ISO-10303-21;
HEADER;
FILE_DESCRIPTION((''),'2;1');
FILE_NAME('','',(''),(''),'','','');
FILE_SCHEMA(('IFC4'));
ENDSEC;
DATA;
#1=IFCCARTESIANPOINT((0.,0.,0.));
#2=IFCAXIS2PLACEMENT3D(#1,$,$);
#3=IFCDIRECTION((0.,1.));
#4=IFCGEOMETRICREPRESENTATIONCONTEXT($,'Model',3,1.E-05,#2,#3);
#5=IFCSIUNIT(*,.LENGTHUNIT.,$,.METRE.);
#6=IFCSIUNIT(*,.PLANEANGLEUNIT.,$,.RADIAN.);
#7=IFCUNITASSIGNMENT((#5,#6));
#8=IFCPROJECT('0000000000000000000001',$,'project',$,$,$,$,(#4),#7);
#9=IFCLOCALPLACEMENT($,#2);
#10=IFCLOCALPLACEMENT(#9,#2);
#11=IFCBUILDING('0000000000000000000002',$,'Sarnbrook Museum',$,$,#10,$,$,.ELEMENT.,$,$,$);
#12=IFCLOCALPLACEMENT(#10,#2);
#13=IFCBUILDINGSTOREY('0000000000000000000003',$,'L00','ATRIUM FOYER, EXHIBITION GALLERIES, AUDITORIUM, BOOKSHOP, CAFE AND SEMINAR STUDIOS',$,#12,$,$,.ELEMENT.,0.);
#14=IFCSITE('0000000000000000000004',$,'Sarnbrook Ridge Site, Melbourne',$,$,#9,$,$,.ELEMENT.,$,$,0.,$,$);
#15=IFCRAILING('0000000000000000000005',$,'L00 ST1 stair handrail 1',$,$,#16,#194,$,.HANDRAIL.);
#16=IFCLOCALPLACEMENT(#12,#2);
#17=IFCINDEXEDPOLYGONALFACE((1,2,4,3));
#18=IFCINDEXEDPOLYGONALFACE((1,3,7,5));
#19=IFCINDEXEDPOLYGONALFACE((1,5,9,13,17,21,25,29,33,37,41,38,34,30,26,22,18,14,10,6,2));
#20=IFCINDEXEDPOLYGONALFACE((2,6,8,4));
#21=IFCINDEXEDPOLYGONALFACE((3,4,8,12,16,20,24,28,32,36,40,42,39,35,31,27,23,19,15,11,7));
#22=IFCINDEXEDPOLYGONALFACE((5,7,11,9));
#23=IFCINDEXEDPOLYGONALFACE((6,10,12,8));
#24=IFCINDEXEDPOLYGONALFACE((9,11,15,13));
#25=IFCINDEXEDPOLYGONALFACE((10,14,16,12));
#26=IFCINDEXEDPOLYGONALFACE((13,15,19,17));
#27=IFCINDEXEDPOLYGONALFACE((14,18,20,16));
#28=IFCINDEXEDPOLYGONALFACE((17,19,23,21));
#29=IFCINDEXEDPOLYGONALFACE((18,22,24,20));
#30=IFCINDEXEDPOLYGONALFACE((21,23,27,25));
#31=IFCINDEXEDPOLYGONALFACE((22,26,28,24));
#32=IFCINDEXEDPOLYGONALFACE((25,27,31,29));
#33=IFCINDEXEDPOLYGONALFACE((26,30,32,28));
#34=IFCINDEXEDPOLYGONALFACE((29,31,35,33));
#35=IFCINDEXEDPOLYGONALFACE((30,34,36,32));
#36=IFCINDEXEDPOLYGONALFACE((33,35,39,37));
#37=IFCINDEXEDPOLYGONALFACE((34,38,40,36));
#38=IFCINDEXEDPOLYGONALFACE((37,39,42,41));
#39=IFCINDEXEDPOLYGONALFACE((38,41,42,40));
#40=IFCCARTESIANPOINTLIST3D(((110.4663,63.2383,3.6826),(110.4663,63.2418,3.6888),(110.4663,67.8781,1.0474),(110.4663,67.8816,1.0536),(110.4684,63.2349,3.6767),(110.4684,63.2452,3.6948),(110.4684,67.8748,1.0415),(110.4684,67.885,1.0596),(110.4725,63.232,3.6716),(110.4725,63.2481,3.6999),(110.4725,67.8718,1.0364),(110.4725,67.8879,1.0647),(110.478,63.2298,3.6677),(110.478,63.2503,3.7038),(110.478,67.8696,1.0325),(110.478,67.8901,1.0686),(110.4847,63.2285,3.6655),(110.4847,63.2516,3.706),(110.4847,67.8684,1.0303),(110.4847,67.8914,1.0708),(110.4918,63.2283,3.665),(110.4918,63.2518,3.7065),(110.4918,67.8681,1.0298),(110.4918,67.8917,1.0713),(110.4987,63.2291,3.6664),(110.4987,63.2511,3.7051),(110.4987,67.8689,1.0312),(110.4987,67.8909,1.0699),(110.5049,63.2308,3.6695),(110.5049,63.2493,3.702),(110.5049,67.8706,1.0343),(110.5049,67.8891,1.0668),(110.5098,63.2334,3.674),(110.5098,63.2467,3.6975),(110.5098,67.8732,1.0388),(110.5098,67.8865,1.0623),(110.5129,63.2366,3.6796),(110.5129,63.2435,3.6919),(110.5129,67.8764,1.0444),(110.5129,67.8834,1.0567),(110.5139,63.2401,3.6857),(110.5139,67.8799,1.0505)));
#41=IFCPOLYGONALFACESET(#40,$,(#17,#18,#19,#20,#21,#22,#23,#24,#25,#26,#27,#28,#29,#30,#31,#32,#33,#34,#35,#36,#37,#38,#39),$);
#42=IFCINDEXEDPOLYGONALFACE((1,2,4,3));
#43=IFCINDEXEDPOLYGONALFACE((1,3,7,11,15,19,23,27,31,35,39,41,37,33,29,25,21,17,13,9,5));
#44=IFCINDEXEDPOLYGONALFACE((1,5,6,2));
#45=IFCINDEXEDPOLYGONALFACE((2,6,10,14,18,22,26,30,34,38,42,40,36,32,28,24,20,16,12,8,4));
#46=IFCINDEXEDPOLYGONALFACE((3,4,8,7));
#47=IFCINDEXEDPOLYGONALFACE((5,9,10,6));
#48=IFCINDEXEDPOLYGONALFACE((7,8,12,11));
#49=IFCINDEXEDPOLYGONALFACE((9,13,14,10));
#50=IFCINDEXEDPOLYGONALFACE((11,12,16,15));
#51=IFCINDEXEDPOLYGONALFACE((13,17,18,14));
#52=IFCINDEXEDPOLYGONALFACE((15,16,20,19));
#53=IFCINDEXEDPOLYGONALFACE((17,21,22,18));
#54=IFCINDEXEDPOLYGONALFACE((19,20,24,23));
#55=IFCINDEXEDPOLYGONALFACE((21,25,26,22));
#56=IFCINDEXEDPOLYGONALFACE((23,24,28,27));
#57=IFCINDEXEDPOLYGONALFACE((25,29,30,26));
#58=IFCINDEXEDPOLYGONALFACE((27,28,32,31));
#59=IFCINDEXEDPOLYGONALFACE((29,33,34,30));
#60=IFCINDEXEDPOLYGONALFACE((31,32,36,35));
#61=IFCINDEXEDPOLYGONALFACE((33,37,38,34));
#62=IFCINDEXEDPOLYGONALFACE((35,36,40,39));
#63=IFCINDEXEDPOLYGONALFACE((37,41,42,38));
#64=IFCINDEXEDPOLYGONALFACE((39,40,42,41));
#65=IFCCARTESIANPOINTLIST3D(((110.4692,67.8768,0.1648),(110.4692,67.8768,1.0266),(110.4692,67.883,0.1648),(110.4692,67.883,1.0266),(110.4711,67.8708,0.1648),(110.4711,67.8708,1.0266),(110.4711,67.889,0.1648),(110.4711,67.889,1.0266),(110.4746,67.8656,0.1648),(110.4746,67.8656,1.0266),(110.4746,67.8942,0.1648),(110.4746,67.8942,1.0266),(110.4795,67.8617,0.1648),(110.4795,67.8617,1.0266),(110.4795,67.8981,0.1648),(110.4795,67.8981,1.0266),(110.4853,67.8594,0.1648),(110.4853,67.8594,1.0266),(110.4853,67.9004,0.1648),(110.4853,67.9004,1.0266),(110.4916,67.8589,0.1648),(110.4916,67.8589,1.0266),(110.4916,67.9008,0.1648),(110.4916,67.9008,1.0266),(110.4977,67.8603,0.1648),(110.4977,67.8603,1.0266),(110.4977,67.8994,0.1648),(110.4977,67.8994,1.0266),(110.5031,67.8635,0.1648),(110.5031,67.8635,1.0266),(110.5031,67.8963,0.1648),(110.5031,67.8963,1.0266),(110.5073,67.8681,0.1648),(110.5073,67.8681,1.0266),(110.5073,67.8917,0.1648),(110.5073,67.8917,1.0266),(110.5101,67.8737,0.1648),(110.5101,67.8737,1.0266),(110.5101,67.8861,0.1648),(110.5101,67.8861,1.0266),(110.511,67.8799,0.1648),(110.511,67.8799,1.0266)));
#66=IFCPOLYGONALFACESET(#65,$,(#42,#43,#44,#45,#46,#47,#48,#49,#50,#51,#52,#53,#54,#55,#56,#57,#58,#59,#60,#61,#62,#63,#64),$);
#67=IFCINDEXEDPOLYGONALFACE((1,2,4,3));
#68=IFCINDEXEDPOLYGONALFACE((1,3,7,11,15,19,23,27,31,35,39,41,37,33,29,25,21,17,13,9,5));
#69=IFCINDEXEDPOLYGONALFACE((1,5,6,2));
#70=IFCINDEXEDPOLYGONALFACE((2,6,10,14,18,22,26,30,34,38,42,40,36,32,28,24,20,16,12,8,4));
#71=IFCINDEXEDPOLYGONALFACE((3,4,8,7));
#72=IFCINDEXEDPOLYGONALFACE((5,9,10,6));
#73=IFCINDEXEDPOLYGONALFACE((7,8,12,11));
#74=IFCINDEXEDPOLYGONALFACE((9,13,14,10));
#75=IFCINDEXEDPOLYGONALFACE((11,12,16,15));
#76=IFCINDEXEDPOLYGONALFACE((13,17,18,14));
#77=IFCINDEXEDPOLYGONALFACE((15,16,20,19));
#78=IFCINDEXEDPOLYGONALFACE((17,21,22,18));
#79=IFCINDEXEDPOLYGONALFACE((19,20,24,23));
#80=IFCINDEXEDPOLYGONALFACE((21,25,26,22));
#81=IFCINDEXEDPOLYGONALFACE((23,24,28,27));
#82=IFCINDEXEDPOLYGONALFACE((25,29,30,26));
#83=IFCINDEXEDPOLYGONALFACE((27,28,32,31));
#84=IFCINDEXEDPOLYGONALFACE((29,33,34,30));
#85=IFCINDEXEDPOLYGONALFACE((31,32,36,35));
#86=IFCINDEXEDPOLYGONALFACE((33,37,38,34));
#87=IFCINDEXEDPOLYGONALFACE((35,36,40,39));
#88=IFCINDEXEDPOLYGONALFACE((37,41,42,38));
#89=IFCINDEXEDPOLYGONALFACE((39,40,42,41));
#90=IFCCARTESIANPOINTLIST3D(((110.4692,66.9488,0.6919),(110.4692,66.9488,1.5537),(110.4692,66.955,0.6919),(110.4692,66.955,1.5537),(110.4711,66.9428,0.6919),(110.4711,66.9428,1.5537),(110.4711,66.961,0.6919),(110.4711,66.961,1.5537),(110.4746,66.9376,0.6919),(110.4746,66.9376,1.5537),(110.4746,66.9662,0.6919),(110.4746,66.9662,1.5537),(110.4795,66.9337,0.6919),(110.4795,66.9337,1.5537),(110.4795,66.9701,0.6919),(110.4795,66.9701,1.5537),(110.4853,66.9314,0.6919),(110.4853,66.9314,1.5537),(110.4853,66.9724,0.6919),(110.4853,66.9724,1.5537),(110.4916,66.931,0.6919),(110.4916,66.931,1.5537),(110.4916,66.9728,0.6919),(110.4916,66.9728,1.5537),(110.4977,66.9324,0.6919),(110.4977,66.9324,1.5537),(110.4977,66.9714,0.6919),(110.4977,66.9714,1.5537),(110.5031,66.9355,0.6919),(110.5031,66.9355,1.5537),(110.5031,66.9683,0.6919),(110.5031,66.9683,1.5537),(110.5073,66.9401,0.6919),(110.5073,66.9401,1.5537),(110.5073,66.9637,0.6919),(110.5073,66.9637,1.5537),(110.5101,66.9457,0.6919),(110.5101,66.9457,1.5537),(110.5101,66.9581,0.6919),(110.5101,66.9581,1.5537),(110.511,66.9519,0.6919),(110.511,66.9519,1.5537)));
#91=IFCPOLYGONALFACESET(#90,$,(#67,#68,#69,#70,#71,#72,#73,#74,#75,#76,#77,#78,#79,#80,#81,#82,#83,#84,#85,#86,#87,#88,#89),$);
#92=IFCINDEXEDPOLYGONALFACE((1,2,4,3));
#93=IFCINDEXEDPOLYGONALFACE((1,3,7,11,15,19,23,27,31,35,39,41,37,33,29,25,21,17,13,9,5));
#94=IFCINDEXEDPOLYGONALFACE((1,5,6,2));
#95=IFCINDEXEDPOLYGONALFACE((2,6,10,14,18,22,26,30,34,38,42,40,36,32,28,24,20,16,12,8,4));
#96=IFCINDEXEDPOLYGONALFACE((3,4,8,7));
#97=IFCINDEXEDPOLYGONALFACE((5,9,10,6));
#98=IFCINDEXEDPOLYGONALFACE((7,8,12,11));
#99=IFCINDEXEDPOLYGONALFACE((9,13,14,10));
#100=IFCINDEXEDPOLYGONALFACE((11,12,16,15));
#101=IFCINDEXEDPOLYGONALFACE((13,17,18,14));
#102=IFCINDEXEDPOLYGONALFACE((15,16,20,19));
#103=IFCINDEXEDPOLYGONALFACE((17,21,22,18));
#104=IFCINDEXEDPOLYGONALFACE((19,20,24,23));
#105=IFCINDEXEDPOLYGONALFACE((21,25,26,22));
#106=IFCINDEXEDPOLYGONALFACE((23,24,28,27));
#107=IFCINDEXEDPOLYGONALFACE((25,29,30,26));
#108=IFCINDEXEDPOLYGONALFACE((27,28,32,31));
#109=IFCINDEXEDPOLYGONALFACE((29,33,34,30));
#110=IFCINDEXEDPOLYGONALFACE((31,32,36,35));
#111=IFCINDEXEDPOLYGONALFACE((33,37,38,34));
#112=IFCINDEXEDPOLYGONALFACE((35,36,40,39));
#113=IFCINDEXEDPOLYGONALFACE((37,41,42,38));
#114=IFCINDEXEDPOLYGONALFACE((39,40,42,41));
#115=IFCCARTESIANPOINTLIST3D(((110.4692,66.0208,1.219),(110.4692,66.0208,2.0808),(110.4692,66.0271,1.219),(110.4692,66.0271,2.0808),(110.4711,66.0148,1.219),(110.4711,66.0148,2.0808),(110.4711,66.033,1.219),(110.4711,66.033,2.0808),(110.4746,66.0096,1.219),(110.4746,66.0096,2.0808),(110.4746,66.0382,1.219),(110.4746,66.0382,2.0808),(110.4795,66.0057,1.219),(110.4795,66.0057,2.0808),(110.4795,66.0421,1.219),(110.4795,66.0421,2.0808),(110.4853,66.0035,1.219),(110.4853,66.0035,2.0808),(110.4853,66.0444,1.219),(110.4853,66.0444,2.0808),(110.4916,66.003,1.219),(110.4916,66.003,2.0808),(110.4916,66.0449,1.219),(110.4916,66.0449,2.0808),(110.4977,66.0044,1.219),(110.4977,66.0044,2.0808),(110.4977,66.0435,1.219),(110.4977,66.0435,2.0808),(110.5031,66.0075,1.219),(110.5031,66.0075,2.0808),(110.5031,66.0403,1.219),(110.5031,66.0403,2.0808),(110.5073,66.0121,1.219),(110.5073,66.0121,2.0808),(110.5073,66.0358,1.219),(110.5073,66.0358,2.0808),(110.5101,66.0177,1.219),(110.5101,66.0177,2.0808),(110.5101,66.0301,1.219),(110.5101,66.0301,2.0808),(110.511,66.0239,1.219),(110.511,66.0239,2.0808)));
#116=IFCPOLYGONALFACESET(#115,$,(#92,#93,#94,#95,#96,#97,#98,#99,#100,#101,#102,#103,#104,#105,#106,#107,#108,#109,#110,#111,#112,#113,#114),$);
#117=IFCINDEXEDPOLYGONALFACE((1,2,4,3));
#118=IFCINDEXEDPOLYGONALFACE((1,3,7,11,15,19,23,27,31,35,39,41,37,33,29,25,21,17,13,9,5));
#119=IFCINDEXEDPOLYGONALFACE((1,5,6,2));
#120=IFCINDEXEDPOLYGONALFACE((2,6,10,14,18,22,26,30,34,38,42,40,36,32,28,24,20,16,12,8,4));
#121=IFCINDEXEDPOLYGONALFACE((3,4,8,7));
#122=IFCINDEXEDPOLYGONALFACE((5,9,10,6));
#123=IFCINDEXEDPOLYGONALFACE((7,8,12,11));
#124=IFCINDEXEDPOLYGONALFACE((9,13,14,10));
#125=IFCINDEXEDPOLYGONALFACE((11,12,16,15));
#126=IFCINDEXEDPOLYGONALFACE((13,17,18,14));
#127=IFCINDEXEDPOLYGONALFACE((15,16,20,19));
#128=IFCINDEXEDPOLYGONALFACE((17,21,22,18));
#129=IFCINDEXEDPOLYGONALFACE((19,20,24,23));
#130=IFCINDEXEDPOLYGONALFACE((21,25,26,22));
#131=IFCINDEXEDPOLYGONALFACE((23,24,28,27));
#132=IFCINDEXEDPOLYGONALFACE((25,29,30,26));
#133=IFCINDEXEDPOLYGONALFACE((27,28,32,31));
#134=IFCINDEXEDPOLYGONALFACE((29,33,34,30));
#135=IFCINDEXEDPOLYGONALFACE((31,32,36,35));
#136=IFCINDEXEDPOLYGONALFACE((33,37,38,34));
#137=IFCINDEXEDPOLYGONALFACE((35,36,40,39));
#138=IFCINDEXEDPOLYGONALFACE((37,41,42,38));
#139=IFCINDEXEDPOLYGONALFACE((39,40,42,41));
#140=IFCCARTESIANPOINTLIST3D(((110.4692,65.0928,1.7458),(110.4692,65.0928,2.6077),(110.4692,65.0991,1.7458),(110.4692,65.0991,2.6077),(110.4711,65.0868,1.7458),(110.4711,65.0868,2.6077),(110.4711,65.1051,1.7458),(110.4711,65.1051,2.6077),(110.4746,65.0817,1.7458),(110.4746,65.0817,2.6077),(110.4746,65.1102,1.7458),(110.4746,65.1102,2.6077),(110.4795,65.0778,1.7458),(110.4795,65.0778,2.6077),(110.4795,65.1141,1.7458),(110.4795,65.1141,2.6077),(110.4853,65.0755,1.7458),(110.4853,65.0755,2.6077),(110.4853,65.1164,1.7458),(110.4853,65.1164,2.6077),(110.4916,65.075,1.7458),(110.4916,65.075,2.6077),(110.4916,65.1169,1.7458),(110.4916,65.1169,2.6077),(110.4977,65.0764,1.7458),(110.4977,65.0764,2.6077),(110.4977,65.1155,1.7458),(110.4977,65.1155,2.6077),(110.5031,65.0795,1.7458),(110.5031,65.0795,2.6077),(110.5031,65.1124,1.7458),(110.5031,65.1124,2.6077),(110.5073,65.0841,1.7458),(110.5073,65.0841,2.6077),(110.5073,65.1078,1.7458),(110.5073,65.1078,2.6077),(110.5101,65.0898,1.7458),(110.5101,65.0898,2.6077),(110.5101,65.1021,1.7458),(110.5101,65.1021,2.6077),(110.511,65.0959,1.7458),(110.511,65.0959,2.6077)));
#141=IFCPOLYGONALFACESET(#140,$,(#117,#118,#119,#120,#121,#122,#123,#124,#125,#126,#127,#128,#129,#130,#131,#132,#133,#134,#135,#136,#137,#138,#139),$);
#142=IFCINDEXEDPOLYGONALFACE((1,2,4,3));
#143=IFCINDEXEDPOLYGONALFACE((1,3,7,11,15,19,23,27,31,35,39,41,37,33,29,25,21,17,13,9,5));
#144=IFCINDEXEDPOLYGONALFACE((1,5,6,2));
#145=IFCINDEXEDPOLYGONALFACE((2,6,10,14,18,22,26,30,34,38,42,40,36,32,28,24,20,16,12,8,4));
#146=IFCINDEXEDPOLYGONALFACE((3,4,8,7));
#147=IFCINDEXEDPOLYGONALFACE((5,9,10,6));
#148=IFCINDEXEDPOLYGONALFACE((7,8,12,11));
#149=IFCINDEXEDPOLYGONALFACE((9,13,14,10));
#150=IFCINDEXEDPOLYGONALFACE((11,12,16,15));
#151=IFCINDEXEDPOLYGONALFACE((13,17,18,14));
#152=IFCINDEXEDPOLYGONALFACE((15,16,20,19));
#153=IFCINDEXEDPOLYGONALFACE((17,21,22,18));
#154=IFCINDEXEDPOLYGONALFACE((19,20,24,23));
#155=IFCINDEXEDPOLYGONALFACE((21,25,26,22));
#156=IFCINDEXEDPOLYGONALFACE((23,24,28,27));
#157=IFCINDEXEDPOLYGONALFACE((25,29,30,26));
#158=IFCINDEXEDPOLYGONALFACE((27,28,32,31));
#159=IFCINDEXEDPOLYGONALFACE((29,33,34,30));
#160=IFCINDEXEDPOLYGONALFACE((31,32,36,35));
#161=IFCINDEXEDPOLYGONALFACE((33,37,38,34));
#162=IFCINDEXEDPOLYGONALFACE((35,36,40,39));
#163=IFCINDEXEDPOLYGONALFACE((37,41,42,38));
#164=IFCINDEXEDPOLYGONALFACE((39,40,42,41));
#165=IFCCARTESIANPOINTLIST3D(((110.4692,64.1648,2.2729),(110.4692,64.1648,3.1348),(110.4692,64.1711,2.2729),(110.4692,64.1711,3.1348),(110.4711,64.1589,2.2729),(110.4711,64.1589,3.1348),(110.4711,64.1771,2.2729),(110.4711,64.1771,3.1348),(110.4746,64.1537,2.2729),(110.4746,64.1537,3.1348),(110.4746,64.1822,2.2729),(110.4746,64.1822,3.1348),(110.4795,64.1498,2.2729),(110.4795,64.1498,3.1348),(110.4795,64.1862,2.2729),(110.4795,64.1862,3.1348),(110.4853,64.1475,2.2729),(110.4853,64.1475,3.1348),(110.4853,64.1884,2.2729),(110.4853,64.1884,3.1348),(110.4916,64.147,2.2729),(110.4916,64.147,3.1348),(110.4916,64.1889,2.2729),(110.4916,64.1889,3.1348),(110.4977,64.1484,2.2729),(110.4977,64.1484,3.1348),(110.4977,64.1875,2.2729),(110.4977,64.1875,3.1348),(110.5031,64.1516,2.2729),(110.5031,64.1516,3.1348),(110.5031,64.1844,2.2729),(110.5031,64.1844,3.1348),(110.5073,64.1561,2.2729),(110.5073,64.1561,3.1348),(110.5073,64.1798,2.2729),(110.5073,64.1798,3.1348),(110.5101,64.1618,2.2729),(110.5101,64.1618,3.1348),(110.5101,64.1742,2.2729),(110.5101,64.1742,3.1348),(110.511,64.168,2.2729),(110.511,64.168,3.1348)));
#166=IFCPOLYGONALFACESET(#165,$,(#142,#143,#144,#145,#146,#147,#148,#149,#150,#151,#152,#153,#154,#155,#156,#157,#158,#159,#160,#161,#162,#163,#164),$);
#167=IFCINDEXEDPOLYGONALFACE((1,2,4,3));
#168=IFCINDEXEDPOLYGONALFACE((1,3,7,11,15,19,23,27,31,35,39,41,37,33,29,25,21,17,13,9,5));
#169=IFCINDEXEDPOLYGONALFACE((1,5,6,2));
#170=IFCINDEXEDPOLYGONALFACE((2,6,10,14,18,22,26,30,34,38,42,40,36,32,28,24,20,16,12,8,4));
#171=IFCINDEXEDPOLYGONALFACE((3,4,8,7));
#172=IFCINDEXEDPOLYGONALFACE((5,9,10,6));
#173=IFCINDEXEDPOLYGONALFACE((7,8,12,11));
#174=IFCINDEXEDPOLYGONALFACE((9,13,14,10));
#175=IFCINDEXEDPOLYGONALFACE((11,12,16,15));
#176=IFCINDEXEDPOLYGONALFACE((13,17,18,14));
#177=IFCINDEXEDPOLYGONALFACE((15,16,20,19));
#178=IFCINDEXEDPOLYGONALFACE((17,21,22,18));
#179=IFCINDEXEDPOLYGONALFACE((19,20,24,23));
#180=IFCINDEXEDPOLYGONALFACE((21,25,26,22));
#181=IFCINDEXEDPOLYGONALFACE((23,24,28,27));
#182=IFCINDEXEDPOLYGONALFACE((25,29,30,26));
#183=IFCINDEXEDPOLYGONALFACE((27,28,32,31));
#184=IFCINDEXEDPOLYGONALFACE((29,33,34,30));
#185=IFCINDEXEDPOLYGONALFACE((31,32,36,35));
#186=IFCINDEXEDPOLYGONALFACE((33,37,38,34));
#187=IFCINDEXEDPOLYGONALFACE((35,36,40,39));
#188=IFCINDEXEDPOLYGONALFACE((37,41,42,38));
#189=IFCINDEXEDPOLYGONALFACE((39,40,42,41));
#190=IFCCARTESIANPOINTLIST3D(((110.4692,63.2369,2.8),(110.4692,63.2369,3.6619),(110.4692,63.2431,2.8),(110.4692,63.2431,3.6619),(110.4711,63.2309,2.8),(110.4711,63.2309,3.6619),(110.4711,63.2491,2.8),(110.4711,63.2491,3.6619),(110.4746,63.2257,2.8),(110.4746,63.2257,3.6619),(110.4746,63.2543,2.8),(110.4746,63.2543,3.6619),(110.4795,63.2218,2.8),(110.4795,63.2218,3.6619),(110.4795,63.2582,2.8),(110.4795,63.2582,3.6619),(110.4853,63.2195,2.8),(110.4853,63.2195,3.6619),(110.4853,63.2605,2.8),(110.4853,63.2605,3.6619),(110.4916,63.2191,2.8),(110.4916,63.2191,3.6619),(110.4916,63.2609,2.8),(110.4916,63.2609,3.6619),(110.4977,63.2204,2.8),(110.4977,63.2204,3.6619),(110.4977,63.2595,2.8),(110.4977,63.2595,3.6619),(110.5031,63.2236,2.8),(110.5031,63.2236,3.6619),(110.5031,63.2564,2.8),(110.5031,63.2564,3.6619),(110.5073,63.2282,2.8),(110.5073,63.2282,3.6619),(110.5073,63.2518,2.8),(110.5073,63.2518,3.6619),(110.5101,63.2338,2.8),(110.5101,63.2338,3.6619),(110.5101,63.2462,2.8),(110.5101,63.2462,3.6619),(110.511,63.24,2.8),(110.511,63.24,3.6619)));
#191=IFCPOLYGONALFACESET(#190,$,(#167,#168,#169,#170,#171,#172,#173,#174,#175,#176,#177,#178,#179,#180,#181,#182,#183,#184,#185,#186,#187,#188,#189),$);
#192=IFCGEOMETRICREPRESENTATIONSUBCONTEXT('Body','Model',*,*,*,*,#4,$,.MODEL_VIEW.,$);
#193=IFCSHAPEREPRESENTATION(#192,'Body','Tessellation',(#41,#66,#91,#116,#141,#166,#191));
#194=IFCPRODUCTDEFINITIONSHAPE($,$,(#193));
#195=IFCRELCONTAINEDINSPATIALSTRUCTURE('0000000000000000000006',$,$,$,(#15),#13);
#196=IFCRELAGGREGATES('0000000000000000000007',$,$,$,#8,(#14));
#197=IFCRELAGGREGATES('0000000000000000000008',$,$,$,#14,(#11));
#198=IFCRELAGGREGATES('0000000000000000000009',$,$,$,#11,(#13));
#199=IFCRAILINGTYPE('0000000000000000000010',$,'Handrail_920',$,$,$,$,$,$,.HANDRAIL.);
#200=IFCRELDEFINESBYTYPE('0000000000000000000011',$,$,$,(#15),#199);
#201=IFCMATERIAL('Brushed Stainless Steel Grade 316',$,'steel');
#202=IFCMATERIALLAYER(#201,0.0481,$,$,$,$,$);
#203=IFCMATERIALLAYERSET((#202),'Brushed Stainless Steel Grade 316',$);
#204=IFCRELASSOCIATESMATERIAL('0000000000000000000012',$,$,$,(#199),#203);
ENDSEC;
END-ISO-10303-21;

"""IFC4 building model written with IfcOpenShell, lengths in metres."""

from ifc_helpers import new_model, si_unit, direction, frame, origin, origin_2d, place, context, subcontext, project, spatial, circle, extrude, material, layer, layer_set, type_object, element, save


model = new_model("IFC4")

# Units and contexts
model_context = context("Model", 3, precision=1e-05, world=origin(), true_north=direction((0.0, 1.0)))
body_context = subcontext(model_context, "Body", "Model", "MODEL_VIEW")
ifc_project = project(units=[si_unit("LENGTHUNIT", "METRE"), si_unit("PLANEANGLEUNIT", "RADIAN")], contexts=[model_context])

# Site, building, storey
site_placement = place(None, origin())
site = spatial("IfcSite", under=ifc_project, at=site_placement, Name="Sarnbrook Ridge Site, Melbourne", CompositionType="ELEMENT", RefElevation=0.0)
building_placement = place(site_placement, origin())
building = spatial("IfcBuilding", under=site, at=building_placement, Name="Sarnbrook Museum", CompositionType="ELEMENT")
storey_placement = place(building_placement, origin())
storey = spatial("IfcBuildingStorey", under=building, at=storey_placement, Name="L00", Description="ATRIUM FOYER, EXHIBITION GALLERIES, AUDITORIUM, BOOKSHOP, CAFE AND SEMINAR STUDIOS", CompositionType="ELEMENT", Elevation=0.0)

# Railing
ifc_material_1 = material(Name="Brushed Stainless Steel Grade 316", Category="steel")
ifc_layer_1 = layer(ifc_material_1, 0.0481)
ifc_layer_set_1 = layer_set([ifc_layer_1], Name="Brushed Stainless Steel Grade 316")
railing_type_1 = type_object("IfcRailingType", Name="Handrail_920", PredefinedType="HANDRAIL", material=ifc_layer_set_1)
railing_1_placement = place(storey_placement, frame((110.49, 67.8799, 0.1648)))
element("IfcRailing", 1, at=railing_1_placement, inside=storey, type_object=railing_type_1, Name="L00 ST1 stair handrail 1", PredefinedType="HANDRAIL", context=body_context, shape_type="SweptSolid", body=[
    extrude(circle(Radius=0.0239, at=origin_2d()), frame((0.0, 0.0, 0.8857), z_axis=(0.0, -0.869541, 0.493861), x_axis=(1.0, 0.0, 0.0)), (0.0, 0.0, 1.0), 5.3359),
    extrude(circle(Radius=0.021, at=origin_2d()), origin(), (0.0, 0.0, 1.0), 0.8618),
    extrude(circle(Radius=0.021, at=origin_2d()), frame((0.0, -0.928, 0.5271)), (0.0, 0.0, 1.0), 0.8618),
    extrude(circle(Radius=0.021, at=origin_2d()), frame((0.0, -1.856, 1.0542)), (0.0, 0.0, 1.0), 0.8618),
    extrude(circle(Radius=0.021, at=origin_2d()), frame((0.0, -2.7839, 1.5811)), (0.0, 0.0, 1.0), 0.8618),
    extrude(circle(Radius=0.021, at=origin_2d()), frame((0.0, -3.7119, 2.1082)), (0.0, 0.0, 1.0), 0.8618),
    extrude(circle(Radius=0.021, at=origin_2d()), frame((0.0, -4.6399, 2.6353)), (0.0, 0.0, 1.0), 0.8618),
])

save(model, "model.ifc")
